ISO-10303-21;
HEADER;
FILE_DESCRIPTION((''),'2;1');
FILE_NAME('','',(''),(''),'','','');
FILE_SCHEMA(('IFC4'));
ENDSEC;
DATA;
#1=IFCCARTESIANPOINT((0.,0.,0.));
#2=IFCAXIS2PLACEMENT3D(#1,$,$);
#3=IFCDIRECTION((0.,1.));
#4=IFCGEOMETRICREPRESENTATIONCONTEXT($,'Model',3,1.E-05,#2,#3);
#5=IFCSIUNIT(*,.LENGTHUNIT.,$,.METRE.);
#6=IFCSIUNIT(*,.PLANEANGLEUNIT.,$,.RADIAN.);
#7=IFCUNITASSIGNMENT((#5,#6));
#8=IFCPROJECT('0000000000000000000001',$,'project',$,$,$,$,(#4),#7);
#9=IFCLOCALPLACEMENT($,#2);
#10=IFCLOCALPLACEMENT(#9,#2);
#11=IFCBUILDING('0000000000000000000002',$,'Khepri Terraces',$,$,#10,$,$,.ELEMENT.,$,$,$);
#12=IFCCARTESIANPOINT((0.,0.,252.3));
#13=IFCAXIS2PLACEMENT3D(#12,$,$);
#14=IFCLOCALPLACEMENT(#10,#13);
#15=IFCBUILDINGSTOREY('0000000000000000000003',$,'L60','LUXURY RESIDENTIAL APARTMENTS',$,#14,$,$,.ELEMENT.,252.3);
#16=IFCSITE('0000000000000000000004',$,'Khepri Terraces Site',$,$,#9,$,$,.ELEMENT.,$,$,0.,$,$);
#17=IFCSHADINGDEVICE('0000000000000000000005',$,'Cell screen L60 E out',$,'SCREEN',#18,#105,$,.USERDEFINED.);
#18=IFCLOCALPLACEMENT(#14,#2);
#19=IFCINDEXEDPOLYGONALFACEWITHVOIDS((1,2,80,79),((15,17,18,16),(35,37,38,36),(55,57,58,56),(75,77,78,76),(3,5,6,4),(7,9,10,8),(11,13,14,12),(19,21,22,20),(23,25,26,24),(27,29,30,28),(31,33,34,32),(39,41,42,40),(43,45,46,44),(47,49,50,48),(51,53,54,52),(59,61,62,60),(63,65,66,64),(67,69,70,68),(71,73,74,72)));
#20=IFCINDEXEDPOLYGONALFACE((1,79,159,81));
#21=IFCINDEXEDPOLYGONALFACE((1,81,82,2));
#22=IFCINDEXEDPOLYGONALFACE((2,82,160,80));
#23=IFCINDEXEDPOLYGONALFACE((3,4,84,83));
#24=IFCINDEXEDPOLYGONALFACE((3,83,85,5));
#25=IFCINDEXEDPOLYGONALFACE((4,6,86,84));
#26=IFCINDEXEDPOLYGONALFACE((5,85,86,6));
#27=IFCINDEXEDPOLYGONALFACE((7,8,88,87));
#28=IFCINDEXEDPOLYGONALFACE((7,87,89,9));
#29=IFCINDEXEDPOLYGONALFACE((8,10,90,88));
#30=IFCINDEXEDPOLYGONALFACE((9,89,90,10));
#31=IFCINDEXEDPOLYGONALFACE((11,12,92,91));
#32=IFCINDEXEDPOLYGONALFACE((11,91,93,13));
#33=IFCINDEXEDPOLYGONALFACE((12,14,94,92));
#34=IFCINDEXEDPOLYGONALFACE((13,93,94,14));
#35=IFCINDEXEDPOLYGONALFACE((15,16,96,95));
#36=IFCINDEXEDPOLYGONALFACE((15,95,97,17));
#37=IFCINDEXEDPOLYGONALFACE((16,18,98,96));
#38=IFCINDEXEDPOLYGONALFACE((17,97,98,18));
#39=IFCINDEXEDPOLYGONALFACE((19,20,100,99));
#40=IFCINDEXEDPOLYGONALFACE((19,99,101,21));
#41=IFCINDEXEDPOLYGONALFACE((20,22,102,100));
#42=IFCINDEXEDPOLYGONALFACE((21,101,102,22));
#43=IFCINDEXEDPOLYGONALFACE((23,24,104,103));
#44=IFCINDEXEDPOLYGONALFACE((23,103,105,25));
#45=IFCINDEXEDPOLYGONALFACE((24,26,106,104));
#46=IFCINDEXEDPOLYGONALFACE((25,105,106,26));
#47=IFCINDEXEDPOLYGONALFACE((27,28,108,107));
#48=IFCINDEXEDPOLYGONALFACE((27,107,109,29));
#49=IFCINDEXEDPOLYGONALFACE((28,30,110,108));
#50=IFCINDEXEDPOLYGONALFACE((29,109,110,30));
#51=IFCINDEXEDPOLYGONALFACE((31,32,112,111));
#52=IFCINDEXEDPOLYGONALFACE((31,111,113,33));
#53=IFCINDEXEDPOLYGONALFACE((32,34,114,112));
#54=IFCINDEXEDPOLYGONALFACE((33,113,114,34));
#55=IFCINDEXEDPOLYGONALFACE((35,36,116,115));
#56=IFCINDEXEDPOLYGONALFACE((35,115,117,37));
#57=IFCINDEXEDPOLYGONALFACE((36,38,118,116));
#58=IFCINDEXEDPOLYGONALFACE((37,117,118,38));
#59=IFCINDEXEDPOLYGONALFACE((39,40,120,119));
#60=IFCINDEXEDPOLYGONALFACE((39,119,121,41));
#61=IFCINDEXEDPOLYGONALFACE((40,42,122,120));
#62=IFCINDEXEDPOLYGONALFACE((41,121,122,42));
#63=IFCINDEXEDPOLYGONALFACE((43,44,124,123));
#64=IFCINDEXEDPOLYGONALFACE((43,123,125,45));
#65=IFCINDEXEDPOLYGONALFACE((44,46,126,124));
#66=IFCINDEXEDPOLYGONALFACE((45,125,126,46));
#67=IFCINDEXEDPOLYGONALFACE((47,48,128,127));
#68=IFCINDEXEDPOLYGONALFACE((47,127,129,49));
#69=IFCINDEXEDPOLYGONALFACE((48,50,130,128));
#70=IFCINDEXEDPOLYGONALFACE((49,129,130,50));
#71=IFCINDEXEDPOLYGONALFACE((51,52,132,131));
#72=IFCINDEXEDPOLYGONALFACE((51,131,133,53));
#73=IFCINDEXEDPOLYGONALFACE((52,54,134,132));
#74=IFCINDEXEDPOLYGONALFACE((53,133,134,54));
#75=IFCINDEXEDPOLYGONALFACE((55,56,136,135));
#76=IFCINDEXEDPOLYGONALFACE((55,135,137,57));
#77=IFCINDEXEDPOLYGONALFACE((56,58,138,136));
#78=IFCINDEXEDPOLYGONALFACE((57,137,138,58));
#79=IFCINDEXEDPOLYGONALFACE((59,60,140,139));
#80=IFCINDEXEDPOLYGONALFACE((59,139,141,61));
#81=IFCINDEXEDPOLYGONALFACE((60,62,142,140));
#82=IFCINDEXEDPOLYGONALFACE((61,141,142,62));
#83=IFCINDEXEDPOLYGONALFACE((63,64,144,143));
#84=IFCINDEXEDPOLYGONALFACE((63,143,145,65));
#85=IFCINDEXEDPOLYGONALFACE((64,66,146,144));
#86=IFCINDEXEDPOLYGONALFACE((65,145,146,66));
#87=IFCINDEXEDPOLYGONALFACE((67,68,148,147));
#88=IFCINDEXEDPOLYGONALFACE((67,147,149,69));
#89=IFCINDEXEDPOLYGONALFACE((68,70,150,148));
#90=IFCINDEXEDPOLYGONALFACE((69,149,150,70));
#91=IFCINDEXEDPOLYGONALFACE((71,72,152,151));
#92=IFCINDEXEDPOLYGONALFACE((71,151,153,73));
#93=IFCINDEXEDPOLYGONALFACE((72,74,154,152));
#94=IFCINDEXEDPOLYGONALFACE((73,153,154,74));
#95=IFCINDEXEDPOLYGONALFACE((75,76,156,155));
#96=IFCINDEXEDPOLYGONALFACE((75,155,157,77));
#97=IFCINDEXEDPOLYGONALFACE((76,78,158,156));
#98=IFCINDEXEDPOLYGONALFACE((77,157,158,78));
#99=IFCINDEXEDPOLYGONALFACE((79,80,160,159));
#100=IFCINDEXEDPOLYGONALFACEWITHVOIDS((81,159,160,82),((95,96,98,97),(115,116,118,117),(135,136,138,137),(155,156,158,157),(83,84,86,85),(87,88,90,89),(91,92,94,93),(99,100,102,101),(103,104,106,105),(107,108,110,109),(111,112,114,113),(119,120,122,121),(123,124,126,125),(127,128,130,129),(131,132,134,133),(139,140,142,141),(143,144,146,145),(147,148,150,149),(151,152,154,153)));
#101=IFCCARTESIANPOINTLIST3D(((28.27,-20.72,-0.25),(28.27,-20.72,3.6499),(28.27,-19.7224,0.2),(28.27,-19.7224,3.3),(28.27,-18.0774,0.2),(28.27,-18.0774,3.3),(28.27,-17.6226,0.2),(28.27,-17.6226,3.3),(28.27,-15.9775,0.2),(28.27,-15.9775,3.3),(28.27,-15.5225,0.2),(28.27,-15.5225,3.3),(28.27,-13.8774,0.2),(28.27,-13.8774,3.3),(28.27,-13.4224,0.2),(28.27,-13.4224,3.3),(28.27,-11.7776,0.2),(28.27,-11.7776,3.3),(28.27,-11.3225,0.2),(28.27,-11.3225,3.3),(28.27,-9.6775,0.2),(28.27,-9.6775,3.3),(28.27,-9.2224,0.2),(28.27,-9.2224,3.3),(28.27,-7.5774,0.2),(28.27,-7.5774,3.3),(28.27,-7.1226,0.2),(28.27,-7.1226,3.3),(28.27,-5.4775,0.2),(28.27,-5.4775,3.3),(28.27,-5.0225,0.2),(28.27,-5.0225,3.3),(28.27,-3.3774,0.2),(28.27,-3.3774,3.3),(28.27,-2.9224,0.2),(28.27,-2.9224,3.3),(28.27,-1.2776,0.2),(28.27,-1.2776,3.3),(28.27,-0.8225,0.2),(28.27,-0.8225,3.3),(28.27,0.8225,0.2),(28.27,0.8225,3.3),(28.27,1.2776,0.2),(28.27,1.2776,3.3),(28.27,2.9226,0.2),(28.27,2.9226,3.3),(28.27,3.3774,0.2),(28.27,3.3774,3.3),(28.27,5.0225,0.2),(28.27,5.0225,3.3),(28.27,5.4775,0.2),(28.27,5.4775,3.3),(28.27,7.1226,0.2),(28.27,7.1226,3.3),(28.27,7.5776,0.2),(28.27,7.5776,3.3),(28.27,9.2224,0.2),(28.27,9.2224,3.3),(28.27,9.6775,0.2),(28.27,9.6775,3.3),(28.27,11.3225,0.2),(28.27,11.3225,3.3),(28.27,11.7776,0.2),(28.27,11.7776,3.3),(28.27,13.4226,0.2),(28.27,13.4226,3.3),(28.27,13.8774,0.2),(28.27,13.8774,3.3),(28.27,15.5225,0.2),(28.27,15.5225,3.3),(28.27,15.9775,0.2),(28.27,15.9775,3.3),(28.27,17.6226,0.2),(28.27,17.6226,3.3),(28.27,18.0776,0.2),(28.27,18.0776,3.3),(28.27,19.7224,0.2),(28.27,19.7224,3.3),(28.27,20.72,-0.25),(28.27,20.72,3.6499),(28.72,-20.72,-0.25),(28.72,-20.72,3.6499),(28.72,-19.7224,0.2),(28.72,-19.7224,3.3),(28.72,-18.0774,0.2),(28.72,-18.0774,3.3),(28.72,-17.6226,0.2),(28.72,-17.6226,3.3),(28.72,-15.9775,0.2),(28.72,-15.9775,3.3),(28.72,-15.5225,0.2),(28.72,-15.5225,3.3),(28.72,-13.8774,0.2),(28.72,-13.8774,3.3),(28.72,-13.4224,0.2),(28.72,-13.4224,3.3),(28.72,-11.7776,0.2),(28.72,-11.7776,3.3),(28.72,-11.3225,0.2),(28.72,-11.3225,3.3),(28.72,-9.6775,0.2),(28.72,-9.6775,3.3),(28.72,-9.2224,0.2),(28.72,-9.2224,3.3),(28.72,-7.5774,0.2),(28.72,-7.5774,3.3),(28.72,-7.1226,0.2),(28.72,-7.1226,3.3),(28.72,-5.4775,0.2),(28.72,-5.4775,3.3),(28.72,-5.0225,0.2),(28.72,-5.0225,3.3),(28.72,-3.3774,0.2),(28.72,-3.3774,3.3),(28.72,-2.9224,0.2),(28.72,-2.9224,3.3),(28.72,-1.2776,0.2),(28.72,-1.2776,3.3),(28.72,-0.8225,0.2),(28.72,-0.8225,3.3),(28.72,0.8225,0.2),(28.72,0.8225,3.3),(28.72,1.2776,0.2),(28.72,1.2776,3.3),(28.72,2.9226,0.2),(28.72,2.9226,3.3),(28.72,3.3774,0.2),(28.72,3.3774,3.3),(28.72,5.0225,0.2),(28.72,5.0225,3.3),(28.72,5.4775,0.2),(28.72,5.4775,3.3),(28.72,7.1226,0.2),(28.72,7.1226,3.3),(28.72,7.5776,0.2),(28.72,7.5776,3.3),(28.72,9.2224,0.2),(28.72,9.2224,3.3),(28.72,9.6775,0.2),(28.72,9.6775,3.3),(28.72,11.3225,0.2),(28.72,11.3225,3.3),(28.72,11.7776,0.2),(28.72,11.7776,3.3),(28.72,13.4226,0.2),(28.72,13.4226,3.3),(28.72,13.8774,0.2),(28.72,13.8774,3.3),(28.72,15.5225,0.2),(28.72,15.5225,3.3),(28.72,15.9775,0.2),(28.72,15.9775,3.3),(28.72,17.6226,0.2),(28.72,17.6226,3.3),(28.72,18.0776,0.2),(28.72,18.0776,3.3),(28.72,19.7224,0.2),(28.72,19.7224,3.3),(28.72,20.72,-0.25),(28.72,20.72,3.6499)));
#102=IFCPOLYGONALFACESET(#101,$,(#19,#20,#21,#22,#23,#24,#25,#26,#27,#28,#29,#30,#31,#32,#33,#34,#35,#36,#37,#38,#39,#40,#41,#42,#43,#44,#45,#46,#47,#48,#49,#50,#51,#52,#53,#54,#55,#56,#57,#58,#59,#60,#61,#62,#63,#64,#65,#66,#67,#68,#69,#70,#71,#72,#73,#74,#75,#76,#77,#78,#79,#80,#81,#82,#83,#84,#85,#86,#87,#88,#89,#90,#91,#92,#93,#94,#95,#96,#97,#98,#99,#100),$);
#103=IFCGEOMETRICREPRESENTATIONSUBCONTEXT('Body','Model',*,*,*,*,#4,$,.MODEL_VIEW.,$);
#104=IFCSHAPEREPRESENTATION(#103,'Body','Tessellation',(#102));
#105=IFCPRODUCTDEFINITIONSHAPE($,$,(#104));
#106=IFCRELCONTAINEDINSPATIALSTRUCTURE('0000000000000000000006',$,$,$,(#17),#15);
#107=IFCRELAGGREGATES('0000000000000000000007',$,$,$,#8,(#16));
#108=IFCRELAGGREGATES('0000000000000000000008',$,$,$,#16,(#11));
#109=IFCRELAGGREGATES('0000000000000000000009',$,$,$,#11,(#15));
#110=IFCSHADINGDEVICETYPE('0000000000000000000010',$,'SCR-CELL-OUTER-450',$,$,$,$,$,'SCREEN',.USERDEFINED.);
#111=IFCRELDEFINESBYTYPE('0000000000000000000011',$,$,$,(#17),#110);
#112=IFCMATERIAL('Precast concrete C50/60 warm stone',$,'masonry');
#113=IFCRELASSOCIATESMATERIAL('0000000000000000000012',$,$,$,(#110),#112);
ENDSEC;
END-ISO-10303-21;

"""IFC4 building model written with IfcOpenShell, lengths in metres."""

from ifc_helpers import new_model, si_unit, direction, frame, origin, place, context, subcontext, project, spatial, polyline, outline, extrude, material, type_object, element, save


model = new_model("IFC4")

# Units and contexts
model_context = context("Model", 3, precision=1e-05, world=origin(), true_north=direction((0.0, 1.0)))
body_context = subcontext(model_context, "Body", "Model", "MODEL_VIEW")
ifc_project = project(units=[si_unit("LENGTHUNIT", "METRE"), si_unit("PLANEANGLEUNIT", "RADIAN")], contexts=[model_context])

# Site, building, storey
site_placement = place(None, origin())
site = spatial("IfcSite", under=ifc_project, at=site_placement, Name="Khepri Terraces Site", CompositionType="ELEMENT", RefElevation=0.0)
building_placement = place(site_placement, origin())
building = spatial("IfcBuilding", under=site, at=building_placement, Name="Khepri Terraces", CompositionType="ELEMENT")
storey_placement = place(building_placement, frame((0.0, 0.0, 252.3)))
storey = spatial("IfcBuildingStorey", under=building, at=storey_placement, Name="L60", Description="LUXURY RESIDENTIAL APARTMENTS", CompositionType="ELEMENT", Elevation=252.3)

# Shared definitions
ifc_material_1 = material(Name="Precast concrete C50/60 warm stone", Category="masonry")

# Shading device
shading_device_type_1 = type_object("IfcShadingDeviceType", Name="SCR-CELL-OUTER-450", ElementType="SCREEN", PredefinedType="USERDEFINED", material=ifc_material_1)
shading_device_1_placement = place(storey_placement, frame((28.27, -20.72, -0.25), z_axis=(1.0, 0.0, 0.0), x_axis=(0.0, 1.0, 0.0)))
element("IfcShadingDevice", 1, at=shading_device_1_placement, inside=storey, type_object=shading_device_type_1, Name="Cell screen L60 E out", ObjectType="SCREEN", PredefinedType="USERDEFINED", context=body_context, shape_type="SweptSolid", body=[
    extrude(outline(polyline([(0.0, 0.0), (41.4399, 0.0), (41.4399, 3.8999), (0.0, 3.8999), (0.0, 0.0)]), holes=[polyline([(0.9976, 0.45), (2.6426, 0.45), (2.6426, 3.55), (0.9976, 3.55), (0.9976, 0.45)]), polyline([(3.0974, 0.45), (4.7424, 0.45), (4.7424, 3.55), (3.0974, 3.55), (3.0974, 0.45)]), polyline([(5.1975, 0.45), (6.8425, 0.45), (6.8425, 3.55), (5.1975, 3.55), (5.1975, 0.45)]), polyline([(7.2976, 0.45), (8.9424, 0.45), (8.9424, 3.55), (7.2976, 3.55), (7.2976, 0.45)]), polyline([(9.3975, 0.45), (11.0425, 0.45), (11.0425, 3.55), (9.3975, 3.55), (9.3975, 0.45)]), polyline([(11.4976, 0.45), (13.1426, 0.45), (13.1426, 3.55), (11.4976, 3.55), (11.4976, 0.45)]), polyline([(13.5974, 0.45), (15.2424, 0.45), (15.2424, 3.55), (13.5974, 3.55), (13.5974, 0.45)]), polyline([(15.6975, 0.45), (17.3425, 0.45), (17.3425, 3.55), (15.6975, 3.55), (15.6975, 0.45)]), polyline([(17.7976, 0.45), (19.4424, 0.45), (19.4424, 3.55), (17.7976, 3.55), (17.7976, 0.45)]), polyline([(19.8975, 0.45), (21.5425, 0.45), (21.5425, 3.55), (19.8975, 3.55), (19.8975, 0.45)]), polyline([(21.9976, 0.45), (23.6426, 0.45), (23.6426, 3.55), (21.9976, 3.55), (21.9976, 0.45)]), polyline([(24.0974, 0.45), (25.7424, 0.45), (25.7424, 3.55), (24.0974, 3.55), (24.0974, 0.45)]), polyline([(26.1975, 0.45), (27.8425, 0.45), (27.8425, 3.55), (26.1975, 3.55), (26.1975, 0.45)]), polyline([(28.2976, 0.45), (29.9424, 0.45), (29.9424, 3.55), (28.2976, 3.55), (28.2976, 0.45)]), polyline([(30.3975, 0.45), (32.0425, 0.45), (32.0425, 3.55), (30.3975, 3.55), (30.3975, 0.45)]), polyline([(32.4976, 0.45), (34.1426, 0.45), (34.1426, 3.55), (32.4976, 3.55), (32.4976, 0.45)]), polyline([(34.5974, 0.45), (36.2424, 0.45), (36.2424, 3.55), (34.5974, 3.55), (34.5974, 0.45)]), polyline([(36.6975, 0.45), (38.3425, 0.45), (38.3425, 3.55), (36.6975, 3.55), (36.6975, 0.45)]), polyline([(38.7976, 0.45), (40.4424, 0.45), (40.4424, 3.55), (38.7976, 3.55), (38.7976, 0.45)])]), origin(), (0.0, 0.0, 1.0), 0.45),
])

save(model, "model.ifc")
